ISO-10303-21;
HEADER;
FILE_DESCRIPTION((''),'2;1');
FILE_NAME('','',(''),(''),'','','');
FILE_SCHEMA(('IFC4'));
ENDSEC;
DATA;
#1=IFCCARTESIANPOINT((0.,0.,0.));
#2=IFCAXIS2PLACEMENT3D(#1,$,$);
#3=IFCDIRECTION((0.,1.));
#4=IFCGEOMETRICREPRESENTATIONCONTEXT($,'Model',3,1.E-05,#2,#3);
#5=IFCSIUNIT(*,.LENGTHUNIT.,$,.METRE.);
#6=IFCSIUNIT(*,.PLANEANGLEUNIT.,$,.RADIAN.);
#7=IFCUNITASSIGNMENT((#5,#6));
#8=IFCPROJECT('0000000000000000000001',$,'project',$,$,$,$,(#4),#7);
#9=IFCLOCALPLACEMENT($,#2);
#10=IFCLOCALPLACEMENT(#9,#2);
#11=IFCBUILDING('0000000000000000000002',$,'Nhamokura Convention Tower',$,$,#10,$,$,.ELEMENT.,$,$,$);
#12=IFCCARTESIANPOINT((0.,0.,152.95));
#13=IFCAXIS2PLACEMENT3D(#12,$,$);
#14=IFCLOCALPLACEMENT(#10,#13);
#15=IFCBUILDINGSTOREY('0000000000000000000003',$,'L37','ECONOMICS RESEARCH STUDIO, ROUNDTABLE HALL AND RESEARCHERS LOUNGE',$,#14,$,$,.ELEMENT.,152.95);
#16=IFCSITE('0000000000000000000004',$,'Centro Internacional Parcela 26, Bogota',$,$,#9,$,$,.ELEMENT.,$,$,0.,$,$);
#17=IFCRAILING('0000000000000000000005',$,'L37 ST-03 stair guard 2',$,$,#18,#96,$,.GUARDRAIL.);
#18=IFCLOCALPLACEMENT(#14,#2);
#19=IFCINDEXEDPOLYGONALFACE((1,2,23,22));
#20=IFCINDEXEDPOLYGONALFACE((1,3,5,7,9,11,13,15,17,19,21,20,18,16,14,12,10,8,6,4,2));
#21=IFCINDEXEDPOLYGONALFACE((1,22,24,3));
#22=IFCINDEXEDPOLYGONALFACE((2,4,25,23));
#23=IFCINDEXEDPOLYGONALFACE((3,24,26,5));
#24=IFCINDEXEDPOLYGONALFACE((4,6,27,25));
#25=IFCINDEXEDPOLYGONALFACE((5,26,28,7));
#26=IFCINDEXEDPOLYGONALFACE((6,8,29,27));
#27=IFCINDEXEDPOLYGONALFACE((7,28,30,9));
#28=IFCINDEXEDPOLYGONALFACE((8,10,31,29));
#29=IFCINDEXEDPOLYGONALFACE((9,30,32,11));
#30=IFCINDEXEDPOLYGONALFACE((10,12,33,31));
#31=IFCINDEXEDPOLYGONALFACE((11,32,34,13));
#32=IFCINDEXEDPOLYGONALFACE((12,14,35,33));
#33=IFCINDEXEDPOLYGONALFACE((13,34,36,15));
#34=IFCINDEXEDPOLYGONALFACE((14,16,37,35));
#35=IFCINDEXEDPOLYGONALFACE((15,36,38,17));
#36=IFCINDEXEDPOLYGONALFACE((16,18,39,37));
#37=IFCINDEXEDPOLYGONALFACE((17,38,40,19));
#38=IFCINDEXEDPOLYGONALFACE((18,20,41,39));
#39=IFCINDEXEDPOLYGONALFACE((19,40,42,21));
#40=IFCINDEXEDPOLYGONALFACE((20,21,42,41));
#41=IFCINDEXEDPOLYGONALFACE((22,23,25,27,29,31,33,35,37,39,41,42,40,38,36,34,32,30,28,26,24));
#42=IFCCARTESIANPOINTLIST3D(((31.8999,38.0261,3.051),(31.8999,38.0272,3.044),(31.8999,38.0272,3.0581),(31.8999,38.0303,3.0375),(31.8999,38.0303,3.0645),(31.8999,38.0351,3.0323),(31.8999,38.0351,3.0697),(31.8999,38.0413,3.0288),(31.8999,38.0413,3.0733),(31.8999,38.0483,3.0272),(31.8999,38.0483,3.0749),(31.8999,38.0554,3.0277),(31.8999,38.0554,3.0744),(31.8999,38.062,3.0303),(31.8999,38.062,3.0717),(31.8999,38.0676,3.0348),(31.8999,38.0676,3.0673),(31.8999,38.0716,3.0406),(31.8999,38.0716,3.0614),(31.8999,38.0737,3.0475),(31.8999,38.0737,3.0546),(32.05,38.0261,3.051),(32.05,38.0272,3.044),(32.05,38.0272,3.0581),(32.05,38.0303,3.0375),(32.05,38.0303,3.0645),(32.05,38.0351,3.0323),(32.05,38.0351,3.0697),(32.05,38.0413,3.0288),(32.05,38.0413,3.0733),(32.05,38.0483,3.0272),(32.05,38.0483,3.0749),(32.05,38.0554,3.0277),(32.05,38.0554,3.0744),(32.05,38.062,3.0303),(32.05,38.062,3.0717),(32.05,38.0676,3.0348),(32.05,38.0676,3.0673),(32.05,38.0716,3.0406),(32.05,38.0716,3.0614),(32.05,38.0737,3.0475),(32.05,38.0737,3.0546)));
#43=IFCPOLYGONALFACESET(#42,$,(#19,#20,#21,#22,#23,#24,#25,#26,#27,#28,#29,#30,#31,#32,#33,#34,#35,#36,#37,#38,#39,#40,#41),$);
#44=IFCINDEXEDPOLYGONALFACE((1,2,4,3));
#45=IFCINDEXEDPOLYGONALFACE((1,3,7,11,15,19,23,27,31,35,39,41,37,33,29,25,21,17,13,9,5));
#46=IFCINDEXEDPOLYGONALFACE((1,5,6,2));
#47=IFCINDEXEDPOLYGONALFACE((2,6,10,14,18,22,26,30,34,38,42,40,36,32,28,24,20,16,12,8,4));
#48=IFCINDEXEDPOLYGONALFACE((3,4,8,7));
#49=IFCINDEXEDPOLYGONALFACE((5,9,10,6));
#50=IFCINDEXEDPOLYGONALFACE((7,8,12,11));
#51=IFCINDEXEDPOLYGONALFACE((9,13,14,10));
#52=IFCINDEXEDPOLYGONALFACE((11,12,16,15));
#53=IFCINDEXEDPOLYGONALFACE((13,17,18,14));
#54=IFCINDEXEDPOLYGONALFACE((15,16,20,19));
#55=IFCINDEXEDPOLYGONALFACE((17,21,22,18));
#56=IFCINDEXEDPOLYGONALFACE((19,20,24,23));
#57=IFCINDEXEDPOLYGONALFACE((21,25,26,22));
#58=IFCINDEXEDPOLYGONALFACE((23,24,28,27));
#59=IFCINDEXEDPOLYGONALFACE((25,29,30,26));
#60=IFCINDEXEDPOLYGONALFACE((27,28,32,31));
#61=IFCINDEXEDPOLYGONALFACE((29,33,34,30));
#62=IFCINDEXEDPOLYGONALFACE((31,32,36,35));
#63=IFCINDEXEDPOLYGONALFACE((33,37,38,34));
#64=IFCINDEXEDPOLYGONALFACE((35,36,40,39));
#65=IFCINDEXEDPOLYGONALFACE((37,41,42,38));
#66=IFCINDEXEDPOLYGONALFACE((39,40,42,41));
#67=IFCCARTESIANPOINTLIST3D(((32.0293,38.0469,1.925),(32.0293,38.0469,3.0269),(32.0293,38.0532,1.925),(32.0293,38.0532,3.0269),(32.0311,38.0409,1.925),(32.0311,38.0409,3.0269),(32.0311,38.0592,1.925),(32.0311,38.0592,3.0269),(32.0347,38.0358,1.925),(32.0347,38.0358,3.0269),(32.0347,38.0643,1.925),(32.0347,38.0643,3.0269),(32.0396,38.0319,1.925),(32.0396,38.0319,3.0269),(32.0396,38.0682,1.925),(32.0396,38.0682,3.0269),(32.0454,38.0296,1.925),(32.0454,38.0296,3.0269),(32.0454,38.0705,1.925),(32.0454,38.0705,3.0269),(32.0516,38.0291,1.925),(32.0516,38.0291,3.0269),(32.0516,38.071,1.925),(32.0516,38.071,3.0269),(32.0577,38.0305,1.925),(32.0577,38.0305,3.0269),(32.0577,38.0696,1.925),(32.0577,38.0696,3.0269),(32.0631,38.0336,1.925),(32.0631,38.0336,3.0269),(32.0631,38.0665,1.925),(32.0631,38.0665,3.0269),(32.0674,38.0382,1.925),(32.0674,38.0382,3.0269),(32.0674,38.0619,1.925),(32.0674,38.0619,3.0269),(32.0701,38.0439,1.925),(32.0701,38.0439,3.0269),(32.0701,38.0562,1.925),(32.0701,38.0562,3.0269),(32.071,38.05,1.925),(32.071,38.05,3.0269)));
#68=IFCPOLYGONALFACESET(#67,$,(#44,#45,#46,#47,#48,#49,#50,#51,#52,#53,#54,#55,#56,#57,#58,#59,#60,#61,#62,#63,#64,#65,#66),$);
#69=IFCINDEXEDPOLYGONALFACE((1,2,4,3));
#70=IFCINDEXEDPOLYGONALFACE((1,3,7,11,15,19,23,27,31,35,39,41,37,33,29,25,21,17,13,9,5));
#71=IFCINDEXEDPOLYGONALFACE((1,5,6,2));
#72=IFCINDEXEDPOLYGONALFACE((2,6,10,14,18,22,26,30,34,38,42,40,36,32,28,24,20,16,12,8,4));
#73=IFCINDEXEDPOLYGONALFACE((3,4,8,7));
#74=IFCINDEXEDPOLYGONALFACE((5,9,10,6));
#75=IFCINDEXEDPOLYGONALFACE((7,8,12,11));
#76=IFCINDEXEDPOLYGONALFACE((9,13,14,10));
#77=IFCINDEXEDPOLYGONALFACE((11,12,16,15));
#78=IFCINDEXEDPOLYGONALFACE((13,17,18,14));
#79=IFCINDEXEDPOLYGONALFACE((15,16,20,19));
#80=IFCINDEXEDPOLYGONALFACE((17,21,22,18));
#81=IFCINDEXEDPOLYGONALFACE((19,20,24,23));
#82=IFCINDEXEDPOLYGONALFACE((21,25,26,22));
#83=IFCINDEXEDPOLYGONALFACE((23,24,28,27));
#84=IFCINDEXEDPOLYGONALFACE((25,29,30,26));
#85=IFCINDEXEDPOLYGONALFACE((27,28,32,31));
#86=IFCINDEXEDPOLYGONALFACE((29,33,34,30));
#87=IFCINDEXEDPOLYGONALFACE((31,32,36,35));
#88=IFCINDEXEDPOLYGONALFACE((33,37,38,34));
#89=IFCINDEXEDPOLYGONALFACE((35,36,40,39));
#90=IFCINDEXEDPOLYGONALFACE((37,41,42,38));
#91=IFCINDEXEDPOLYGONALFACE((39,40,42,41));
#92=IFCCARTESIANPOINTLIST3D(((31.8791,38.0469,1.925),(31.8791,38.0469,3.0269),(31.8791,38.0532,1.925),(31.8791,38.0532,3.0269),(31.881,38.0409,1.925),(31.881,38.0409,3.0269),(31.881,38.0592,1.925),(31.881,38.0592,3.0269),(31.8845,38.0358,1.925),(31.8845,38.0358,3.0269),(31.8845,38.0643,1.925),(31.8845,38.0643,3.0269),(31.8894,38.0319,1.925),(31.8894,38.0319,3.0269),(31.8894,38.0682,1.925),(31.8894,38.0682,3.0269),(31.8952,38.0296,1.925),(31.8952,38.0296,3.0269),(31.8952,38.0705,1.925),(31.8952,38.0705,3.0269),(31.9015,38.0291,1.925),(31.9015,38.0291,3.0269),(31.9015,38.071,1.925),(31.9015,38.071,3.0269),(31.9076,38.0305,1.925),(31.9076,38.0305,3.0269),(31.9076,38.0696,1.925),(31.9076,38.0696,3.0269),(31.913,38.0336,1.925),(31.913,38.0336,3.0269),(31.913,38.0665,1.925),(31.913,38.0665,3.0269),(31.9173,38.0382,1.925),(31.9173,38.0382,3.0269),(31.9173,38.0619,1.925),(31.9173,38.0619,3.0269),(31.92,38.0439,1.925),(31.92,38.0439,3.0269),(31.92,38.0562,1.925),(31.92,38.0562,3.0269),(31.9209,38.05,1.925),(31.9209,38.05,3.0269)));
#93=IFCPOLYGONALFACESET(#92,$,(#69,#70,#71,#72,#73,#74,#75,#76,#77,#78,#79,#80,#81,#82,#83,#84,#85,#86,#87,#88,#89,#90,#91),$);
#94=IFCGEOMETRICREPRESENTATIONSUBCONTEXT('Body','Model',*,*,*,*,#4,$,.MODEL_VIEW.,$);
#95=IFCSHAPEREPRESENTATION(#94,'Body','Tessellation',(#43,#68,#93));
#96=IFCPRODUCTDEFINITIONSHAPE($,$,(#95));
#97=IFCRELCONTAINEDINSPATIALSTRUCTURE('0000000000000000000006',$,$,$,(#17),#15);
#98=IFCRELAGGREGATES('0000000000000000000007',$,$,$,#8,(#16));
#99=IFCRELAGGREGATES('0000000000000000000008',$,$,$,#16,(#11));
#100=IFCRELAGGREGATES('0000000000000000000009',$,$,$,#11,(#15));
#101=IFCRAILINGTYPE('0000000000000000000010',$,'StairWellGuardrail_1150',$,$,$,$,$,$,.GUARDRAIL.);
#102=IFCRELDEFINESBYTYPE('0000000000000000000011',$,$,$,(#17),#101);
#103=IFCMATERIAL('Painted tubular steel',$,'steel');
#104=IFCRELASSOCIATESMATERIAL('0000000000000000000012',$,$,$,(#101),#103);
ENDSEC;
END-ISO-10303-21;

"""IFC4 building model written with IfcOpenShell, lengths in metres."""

from ifc_helpers import new_model, si_unit, direction, frame, origin, origin_2d, place, context, subcontext, project, spatial, circle, extrude, material, type_object, element, save


model = new_model("IFC4")

# Units and contexts
model_context = context("Model", 3, precision=1e-05, world=origin(), true_north=direction((0.0, 1.0)))
body_context = subcontext(model_context, "Body", "Model", "MODEL_VIEW")
ifc_project = project(units=[si_unit("LENGTHUNIT", "METRE"), si_unit("PLANEANGLEUNIT", "RADIAN")], contexts=[model_context])

# Site, building, storey
site_placement = place(None, origin())
site = spatial("IfcSite", under=ifc_project, at=site_placement, Name="Centro Internacional Parcela 26, Bogota", CompositionType="ELEMENT", RefElevation=0.0)
building_placement = place(site_placement, origin())
building = spatial("IfcBuilding", under=site, at=building_placement, Name="Nhamokura Convention Tower", CompositionType="ELEMENT")
storey_placement = place(building_placement, frame((0.0, 0.0, 152.95)))
storey = spatial("IfcBuildingStorey", under=building, at=storey_placement, Name="L37", Description="ECONOMICS RESEARCH STUDIO, ROUNDTABLE HALL AND RESEARCHERS LOUNGE", CompositionType="ELEMENT", Elevation=152.95)

# Railing
ifc_material_1 = material(Name="Painted tubular steel", Category="steel")
railing_type_1 = type_object("IfcRailingType", Name="StairWellGuardrail_1150", PredefinedType="GUARDRAIL", material=ifc_material_1)
railing_1_placement = place(storey_placement, frame((32.05, 38.05, 1.925)))
element("IfcRailing", 1, at=railing_1_placement, inside=storey, type_object=railing_type_1, Name="L37 ST-03 stair guard 2", PredefinedType="GUARDRAIL", context=body_context, shape_type="SweptSolid", body=[
    extrude(circle(Radius=0.0239, at=origin_2d()), frame((0.0, 0.0, 1.126), z_axis=(-1.0, 0.0, 0.0), x_axis=(0.0, -1.0, 0.0)), (0.0, 0.0, 1.0), 0.1501),
    extrude(circle(Radius=0.021, at=origin_2d()), origin(), (0.0, 0.0, 1.0), 1.1018),
    extrude(circle(Radius=0.021, at=origin_2d()), frame((-0.1501, 0.0, 0.0)), (0.0, 0.0, 1.0), 1.1018),
])

save(model, "model.ifc")
